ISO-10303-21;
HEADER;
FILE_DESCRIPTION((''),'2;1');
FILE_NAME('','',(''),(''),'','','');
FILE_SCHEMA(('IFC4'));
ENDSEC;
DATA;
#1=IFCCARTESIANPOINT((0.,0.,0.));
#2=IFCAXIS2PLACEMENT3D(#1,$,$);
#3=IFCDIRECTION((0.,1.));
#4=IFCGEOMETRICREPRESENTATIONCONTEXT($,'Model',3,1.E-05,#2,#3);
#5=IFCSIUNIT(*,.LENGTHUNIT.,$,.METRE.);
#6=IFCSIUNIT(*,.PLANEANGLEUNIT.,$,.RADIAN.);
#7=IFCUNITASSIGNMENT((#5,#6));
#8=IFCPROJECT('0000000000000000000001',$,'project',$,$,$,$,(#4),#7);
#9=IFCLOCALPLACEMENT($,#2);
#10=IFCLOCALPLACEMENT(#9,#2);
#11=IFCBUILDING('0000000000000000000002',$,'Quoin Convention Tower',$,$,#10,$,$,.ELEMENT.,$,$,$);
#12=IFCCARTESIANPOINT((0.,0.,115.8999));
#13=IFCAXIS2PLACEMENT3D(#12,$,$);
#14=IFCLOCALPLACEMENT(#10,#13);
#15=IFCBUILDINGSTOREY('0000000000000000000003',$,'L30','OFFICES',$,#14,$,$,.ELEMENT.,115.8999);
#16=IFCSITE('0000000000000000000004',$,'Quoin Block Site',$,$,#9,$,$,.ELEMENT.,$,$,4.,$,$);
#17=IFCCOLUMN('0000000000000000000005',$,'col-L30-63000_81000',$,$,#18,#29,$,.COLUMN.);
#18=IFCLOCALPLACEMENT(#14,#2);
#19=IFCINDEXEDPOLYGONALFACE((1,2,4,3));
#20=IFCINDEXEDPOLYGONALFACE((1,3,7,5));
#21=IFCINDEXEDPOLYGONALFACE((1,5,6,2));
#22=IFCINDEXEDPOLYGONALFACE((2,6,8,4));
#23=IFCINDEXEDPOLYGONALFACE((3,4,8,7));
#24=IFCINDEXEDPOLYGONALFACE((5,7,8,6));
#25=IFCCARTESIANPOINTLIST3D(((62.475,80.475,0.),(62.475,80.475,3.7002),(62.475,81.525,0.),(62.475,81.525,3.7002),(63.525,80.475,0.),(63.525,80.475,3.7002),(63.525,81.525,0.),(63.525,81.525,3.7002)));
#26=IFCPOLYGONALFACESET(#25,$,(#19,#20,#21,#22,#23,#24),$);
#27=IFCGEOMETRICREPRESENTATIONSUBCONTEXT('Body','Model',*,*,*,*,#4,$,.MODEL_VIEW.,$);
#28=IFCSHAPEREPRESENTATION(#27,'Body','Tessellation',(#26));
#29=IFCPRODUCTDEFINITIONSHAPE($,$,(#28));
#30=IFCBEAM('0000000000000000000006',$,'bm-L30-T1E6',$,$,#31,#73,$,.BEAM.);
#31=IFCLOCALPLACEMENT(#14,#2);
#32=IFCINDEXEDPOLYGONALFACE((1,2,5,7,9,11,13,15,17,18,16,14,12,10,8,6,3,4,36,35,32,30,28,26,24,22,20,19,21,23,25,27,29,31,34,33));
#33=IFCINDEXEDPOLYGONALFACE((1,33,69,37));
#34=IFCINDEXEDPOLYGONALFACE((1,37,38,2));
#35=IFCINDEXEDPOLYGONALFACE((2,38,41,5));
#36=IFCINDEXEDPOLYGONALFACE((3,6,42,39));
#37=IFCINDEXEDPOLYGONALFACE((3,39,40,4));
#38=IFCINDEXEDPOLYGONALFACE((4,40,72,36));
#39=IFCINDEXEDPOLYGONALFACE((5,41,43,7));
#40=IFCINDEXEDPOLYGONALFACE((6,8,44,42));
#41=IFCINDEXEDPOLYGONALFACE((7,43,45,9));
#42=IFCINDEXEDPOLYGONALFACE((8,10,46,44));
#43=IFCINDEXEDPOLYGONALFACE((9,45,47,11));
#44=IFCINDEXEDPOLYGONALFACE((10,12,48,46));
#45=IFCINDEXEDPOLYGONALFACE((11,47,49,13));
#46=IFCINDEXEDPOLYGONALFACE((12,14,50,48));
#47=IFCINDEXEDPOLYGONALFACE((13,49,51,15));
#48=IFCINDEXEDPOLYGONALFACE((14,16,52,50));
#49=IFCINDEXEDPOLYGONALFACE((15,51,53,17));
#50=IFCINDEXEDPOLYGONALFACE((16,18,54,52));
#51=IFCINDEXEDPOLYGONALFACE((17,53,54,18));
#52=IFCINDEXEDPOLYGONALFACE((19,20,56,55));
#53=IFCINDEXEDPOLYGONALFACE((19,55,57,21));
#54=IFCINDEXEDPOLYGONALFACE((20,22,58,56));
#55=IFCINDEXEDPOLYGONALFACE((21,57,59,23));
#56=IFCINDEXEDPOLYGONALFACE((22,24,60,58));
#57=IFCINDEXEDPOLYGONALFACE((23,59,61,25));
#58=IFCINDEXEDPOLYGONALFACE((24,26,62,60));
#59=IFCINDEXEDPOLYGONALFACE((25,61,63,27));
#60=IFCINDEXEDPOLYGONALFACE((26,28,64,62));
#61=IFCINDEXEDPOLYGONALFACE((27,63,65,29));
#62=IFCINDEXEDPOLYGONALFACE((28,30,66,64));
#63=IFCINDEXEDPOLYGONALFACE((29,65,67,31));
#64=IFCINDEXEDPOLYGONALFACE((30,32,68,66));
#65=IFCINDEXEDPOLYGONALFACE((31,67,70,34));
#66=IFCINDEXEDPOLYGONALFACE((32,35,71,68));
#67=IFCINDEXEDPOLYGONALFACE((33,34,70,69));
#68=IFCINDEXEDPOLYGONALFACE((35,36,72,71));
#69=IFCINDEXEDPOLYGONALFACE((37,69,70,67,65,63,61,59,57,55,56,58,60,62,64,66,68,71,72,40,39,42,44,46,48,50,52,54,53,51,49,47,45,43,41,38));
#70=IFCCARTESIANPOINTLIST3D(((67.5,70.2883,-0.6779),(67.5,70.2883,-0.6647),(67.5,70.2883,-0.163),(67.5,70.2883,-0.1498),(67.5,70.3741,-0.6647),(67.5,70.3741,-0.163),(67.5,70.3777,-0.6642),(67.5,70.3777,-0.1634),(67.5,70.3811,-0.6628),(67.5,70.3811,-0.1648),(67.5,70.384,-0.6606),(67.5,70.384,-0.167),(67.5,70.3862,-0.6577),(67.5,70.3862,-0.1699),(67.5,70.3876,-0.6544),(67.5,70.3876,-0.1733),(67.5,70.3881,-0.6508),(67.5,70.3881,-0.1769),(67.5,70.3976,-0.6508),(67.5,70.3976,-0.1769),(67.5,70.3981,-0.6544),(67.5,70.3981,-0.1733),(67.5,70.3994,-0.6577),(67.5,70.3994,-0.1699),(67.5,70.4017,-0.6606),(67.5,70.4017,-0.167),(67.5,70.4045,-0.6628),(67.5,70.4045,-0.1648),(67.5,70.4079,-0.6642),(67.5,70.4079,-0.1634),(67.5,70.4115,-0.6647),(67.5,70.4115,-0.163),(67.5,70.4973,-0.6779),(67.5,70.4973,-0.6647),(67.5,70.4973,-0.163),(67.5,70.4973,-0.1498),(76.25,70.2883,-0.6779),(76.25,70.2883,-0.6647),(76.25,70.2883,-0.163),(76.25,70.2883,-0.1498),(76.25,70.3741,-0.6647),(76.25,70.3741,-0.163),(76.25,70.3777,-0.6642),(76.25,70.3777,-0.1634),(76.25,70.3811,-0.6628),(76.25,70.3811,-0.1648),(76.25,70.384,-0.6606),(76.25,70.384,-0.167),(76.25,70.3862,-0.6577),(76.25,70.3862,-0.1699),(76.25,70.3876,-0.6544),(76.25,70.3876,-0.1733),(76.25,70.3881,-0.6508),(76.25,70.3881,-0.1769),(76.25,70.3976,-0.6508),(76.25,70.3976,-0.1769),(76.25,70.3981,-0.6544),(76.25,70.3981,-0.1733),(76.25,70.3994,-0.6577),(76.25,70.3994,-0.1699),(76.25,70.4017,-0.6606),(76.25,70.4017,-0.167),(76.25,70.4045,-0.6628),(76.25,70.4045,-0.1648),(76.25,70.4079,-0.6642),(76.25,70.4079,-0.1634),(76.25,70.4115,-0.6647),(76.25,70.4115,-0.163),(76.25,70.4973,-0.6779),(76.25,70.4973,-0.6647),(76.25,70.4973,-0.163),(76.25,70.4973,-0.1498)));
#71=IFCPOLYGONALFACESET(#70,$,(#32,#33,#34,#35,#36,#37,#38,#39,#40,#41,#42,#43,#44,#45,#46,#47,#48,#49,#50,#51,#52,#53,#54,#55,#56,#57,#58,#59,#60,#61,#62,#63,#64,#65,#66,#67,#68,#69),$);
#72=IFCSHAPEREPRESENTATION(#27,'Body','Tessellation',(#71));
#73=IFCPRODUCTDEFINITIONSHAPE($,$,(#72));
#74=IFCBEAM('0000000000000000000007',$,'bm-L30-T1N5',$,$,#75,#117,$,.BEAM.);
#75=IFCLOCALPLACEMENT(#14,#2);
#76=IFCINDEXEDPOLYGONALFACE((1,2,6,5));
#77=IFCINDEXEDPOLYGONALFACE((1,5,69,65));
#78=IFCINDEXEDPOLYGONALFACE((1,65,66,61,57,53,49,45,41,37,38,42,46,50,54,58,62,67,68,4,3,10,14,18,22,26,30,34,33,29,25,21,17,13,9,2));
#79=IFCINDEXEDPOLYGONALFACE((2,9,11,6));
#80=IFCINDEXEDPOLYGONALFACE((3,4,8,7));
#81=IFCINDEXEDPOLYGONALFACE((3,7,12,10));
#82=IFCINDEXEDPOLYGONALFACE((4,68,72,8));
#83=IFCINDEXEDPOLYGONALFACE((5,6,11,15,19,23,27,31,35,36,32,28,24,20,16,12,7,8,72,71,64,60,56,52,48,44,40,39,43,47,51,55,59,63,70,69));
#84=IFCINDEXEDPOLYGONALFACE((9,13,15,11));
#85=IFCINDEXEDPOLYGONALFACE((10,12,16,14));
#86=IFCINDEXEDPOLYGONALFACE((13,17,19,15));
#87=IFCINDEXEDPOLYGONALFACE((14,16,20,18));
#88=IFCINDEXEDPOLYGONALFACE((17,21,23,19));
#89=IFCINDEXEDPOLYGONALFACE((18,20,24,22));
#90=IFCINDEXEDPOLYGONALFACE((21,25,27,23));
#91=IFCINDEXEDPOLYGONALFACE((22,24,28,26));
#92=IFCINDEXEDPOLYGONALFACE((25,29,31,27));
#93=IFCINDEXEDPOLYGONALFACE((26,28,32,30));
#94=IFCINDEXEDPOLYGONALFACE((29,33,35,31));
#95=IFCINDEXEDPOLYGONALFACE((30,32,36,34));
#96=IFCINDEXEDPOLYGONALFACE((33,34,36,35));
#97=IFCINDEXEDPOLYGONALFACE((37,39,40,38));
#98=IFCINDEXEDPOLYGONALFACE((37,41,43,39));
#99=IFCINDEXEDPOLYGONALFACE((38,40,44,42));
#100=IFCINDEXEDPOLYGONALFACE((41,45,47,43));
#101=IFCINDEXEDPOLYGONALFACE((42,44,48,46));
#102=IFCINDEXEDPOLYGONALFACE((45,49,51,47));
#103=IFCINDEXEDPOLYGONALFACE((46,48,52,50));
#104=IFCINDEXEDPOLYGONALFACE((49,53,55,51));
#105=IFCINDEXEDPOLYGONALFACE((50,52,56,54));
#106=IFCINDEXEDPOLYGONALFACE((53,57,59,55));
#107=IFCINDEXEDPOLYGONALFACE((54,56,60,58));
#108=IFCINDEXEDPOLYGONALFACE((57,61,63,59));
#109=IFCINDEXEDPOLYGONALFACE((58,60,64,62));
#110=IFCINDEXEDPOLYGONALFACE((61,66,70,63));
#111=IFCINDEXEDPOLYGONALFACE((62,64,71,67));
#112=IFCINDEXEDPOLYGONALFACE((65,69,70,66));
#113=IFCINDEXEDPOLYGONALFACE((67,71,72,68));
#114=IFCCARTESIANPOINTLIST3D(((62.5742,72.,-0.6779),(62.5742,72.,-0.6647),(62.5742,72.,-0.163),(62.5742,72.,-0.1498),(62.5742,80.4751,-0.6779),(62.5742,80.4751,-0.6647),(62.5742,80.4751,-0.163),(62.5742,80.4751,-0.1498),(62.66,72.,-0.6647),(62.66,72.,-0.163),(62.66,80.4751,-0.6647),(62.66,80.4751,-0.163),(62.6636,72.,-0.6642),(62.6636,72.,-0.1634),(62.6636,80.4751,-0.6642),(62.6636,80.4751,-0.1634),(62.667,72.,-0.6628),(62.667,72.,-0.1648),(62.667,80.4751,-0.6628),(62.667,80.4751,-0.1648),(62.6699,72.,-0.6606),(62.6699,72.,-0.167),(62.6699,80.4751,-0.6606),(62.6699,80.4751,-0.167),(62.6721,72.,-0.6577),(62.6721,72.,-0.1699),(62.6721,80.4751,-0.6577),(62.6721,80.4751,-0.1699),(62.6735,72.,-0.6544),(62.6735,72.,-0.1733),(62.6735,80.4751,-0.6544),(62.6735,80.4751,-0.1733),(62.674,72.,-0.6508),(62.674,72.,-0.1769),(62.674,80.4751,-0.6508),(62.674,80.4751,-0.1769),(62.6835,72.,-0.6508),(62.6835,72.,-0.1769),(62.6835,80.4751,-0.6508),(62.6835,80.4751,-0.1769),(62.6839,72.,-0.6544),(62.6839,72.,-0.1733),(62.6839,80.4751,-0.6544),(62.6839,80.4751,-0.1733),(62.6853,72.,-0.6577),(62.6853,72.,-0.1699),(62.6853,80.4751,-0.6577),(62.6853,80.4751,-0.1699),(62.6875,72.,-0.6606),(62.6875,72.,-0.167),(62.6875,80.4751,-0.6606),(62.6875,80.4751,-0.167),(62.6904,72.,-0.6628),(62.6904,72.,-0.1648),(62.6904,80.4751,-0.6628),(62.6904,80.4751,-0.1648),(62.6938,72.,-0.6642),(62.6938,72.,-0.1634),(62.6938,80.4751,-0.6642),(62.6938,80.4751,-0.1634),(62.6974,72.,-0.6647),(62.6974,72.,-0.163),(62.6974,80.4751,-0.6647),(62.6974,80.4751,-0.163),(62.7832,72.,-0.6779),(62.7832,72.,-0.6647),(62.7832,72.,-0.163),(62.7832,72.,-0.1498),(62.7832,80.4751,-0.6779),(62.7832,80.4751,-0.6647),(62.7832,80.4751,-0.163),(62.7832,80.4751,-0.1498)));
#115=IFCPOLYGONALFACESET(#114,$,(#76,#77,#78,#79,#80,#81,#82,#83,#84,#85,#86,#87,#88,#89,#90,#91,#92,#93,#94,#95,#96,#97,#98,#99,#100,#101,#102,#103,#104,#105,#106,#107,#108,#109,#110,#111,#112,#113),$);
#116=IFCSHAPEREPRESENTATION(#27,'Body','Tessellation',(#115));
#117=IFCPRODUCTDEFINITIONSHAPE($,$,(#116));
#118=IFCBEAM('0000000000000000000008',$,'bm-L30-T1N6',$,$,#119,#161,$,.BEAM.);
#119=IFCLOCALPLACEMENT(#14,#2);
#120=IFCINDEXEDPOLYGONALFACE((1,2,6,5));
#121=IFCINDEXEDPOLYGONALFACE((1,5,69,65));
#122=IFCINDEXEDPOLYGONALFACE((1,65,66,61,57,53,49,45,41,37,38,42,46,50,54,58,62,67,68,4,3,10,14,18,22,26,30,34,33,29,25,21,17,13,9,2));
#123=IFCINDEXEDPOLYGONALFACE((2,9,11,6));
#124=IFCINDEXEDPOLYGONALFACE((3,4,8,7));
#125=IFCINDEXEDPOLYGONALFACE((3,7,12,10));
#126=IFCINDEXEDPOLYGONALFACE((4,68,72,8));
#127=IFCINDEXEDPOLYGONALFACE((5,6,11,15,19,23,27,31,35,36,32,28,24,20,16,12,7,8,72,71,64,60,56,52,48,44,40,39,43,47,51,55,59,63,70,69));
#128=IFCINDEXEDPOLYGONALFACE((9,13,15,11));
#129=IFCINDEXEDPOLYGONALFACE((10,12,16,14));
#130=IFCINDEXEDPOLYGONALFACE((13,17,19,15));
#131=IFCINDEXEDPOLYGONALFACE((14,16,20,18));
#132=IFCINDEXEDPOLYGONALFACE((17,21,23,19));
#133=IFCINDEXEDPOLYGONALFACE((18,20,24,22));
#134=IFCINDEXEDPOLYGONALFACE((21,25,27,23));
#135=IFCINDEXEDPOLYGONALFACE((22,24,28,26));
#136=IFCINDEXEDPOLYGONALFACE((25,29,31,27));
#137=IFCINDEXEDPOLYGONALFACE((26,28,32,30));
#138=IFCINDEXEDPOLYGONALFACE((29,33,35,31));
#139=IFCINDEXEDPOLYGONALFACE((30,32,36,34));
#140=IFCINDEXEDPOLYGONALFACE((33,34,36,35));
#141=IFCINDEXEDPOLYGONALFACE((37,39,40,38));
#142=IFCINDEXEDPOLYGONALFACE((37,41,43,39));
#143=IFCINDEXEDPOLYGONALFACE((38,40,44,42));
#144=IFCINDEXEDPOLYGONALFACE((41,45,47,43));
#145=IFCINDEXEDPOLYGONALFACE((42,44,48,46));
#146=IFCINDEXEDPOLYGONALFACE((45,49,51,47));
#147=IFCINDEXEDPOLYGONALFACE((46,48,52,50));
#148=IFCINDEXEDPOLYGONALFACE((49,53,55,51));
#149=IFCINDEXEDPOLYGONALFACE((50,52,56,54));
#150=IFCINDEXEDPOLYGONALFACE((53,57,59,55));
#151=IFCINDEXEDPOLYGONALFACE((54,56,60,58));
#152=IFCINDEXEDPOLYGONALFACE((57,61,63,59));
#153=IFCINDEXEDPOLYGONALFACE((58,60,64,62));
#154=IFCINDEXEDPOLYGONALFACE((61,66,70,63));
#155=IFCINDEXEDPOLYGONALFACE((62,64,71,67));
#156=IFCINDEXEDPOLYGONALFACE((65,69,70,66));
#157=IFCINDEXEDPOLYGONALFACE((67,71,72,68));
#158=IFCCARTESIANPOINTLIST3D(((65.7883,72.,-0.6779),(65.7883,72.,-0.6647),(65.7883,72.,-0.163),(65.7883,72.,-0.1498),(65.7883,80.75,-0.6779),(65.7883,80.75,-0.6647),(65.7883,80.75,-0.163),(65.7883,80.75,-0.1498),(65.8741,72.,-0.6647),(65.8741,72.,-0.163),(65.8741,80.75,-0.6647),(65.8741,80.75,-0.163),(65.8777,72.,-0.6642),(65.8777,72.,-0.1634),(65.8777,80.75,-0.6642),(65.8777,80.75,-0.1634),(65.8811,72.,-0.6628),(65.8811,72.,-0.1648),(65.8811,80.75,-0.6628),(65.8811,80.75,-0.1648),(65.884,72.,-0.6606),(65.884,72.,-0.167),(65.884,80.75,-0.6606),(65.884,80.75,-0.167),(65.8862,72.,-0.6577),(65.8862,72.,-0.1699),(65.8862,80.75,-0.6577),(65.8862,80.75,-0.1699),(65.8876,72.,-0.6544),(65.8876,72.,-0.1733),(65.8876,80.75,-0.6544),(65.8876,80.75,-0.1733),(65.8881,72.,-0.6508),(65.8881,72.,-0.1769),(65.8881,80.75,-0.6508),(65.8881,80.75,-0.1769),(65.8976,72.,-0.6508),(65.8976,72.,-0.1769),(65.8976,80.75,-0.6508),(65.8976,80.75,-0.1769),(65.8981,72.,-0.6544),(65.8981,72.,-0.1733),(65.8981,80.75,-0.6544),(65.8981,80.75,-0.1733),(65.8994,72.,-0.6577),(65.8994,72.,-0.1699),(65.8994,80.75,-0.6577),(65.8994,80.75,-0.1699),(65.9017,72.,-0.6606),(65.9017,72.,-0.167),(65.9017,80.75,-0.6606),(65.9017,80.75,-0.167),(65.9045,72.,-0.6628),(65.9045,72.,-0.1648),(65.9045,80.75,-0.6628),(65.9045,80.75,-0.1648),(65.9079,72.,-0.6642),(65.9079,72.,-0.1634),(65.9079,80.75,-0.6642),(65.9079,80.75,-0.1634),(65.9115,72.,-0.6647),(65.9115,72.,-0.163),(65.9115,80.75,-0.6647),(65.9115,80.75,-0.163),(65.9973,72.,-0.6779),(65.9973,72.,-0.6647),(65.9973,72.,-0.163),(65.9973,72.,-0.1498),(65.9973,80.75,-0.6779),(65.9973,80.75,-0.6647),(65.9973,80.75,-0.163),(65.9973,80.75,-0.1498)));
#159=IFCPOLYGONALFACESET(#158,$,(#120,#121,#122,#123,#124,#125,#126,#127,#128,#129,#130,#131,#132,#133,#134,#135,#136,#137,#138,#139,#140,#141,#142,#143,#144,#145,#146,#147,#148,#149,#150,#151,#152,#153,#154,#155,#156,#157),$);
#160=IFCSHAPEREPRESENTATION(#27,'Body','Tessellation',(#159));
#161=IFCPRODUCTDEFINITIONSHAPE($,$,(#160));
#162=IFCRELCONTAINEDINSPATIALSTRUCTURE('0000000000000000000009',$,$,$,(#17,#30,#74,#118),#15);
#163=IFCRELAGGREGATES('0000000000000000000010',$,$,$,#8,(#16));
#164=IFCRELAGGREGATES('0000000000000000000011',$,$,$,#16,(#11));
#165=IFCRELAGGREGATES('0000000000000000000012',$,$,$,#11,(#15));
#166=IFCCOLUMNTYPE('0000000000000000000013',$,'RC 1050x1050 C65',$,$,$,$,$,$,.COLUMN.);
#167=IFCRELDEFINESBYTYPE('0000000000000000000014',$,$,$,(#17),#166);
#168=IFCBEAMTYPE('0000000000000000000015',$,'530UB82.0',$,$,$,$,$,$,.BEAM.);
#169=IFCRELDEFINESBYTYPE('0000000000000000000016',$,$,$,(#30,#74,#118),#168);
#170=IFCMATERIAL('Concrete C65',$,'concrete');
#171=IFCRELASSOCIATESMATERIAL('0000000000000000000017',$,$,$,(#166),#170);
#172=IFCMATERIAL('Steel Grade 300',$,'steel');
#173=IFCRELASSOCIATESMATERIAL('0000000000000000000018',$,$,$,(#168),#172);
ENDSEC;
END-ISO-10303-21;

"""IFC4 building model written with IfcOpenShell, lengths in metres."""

from ifc_helpers import new_model, si_unit, direction, frame, origin, origin_2d, place, context, subcontext, project, spatial, rectangle, i_section, extrude, material, material_profile, profile_set, type_object, element, save


model = new_model("IFC4")

# Units and contexts
model_context = context("Model", 3, precision=1e-05, world=origin(), true_north=direction((0.0, 1.0)))
body_context = subcontext(model_context, "Body", "Model", "MODEL_VIEW")
ifc_project = project(units=[si_unit("LENGTHUNIT", "METRE"), si_unit("PLANEANGLEUNIT", "RADIAN")], contexts=[model_context])

# Site, building, storey
site_placement = place(None, origin())
site = spatial("IfcSite", under=ifc_project, at=site_placement, Name="Quoin Block Site", CompositionType="ELEMENT", RefElevation=4.0)
building_placement = place(site_placement, origin())
building = spatial("IfcBuilding", under=site, at=building_placement, Name="Quoin Convention Tower", CompositionType="ELEMENT")
storey_placement = place(building_placement, frame((0.0, 0.0, 115.8999)))
storey = spatial("IfcBuildingStorey", under=building, at=storey_placement, Name="L30", Description="OFFICES", CompositionType="ELEMENT", Elevation=115.8999)

# Column
ifc_material_1 = material(Name="Concrete C65", Category="concrete")
ifc_material_profile_1 = material_profile(ifc_material_1, rectangle(XDim=1.05, YDim=1.05, at=origin_2d()), Name="RC 1050x1050")
ifc_profile_set_1 = profile_set([ifc_material_profile_1], Name="Concrete C65")
column_type = type_object("IfcColumnType", Name="RC 1050x1050 C65", PredefinedType="COLUMN", material=ifc_profile_set_1)
column_placement = place(storey_placement, frame((63.0, 81.0, 0.0), z_axis=(0.0, 0.0, 1.0), x_axis=(1.0, 0.0, 0.0)))
element("IfcColumn", 1, at=column_placement, inside=storey, type_object=column_type, Name="col-L30-63000_81000", PredefinedType="COLUMN", context=body_context, shape_type="SweptSolid", body=[
    extrude(rectangle(XDim=1.05, YDim=1.05, at=origin_2d()), origin(), (0.0, 0.0, 1.0), 3.7002),
])

# Beams
ifc_material_2 = material(Name="Steel Grade 300", Category="steel")
ifc_material_profile_2 = material_profile(ifc_material_2, i_section(OverallWidth=0.209, OverallDepth=0.5281, WebThickness=0.0095, FlangeThickness=0.0132, FilletRadius=0.0139, at=origin_2d()), Name="530UB82.0")
ifc_profile_set_2 = profile_set([ifc_material_profile_2], Name="Steel Grade 300")
beam_type_1 = type_object("IfcBeamType", Name="530UB82.0", PredefinedType="BEAM", material=ifc_profile_set_2)
beam_1_placement = place(storey_placement, frame((67.5, 70.3928, -0.4138), z_axis=(1.0, 0.0, 0.0), x_axis=(0.0, 1.0, 0.0)))
element("IfcBeam", 2, at=beam_1_placement, inside=storey, type_object=beam_type_1, Name="bm-L30-T1E6", PredefinedType="BEAM", context=body_context, shape_type="SweptSolid", body=[
    extrude(i_section(OverallWidth=0.209, OverallDepth=0.5281, WebThickness=0.0095, FlangeThickness=0.0132, FilletRadius=0.0139, at=origin_2d()), origin(), (0.0, 0.0, 1.0), 8.75),
])
beam_2_placement = place(storey_placement, frame((62.6787, 72.0, -0.4138), z_axis=(0.0, 1.0, 0.0), x_axis=(-1.0, 0.0, 0.0)))
element("IfcBeam", 3, at=beam_2_placement, inside=storey, type_object=beam_type_1, Name="bm-L30-T1N5", PredefinedType="BEAM", context=body_context, shape_type="SweptSolid", body=[
    extrude(i_section(OverallWidth=0.209, OverallDepth=0.5281, WebThickness=0.0095, FlangeThickness=0.0132, FilletRadius=0.0139, at=origin_2d()), origin(), (0.0, 0.0, 1.0), 8.4751),
])
beam_3_placement = place(storey_placement, frame((65.8928, 72.0, -0.4138), z_axis=(0.0, 1.0, 0.0), x_axis=(-1.0, 0.0, 0.0)))
element("IfcBeam", 4, at=beam_3_placement, inside=storey, type_object=beam_type_1, Name="bm-L30-T1N6", PredefinedType="BEAM", context=body_context, shape_type="SweptSolid", body=[
    extrude(i_section(OverallWidth=0.209, OverallDepth=0.5281, WebThickness=0.0095, FlangeThickness=0.0132, FilletRadius=0.0139, at=origin_2d()), origin(), (0.0, 0.0, 1.0), 8.75),
])

save(model, "model.ifc")
